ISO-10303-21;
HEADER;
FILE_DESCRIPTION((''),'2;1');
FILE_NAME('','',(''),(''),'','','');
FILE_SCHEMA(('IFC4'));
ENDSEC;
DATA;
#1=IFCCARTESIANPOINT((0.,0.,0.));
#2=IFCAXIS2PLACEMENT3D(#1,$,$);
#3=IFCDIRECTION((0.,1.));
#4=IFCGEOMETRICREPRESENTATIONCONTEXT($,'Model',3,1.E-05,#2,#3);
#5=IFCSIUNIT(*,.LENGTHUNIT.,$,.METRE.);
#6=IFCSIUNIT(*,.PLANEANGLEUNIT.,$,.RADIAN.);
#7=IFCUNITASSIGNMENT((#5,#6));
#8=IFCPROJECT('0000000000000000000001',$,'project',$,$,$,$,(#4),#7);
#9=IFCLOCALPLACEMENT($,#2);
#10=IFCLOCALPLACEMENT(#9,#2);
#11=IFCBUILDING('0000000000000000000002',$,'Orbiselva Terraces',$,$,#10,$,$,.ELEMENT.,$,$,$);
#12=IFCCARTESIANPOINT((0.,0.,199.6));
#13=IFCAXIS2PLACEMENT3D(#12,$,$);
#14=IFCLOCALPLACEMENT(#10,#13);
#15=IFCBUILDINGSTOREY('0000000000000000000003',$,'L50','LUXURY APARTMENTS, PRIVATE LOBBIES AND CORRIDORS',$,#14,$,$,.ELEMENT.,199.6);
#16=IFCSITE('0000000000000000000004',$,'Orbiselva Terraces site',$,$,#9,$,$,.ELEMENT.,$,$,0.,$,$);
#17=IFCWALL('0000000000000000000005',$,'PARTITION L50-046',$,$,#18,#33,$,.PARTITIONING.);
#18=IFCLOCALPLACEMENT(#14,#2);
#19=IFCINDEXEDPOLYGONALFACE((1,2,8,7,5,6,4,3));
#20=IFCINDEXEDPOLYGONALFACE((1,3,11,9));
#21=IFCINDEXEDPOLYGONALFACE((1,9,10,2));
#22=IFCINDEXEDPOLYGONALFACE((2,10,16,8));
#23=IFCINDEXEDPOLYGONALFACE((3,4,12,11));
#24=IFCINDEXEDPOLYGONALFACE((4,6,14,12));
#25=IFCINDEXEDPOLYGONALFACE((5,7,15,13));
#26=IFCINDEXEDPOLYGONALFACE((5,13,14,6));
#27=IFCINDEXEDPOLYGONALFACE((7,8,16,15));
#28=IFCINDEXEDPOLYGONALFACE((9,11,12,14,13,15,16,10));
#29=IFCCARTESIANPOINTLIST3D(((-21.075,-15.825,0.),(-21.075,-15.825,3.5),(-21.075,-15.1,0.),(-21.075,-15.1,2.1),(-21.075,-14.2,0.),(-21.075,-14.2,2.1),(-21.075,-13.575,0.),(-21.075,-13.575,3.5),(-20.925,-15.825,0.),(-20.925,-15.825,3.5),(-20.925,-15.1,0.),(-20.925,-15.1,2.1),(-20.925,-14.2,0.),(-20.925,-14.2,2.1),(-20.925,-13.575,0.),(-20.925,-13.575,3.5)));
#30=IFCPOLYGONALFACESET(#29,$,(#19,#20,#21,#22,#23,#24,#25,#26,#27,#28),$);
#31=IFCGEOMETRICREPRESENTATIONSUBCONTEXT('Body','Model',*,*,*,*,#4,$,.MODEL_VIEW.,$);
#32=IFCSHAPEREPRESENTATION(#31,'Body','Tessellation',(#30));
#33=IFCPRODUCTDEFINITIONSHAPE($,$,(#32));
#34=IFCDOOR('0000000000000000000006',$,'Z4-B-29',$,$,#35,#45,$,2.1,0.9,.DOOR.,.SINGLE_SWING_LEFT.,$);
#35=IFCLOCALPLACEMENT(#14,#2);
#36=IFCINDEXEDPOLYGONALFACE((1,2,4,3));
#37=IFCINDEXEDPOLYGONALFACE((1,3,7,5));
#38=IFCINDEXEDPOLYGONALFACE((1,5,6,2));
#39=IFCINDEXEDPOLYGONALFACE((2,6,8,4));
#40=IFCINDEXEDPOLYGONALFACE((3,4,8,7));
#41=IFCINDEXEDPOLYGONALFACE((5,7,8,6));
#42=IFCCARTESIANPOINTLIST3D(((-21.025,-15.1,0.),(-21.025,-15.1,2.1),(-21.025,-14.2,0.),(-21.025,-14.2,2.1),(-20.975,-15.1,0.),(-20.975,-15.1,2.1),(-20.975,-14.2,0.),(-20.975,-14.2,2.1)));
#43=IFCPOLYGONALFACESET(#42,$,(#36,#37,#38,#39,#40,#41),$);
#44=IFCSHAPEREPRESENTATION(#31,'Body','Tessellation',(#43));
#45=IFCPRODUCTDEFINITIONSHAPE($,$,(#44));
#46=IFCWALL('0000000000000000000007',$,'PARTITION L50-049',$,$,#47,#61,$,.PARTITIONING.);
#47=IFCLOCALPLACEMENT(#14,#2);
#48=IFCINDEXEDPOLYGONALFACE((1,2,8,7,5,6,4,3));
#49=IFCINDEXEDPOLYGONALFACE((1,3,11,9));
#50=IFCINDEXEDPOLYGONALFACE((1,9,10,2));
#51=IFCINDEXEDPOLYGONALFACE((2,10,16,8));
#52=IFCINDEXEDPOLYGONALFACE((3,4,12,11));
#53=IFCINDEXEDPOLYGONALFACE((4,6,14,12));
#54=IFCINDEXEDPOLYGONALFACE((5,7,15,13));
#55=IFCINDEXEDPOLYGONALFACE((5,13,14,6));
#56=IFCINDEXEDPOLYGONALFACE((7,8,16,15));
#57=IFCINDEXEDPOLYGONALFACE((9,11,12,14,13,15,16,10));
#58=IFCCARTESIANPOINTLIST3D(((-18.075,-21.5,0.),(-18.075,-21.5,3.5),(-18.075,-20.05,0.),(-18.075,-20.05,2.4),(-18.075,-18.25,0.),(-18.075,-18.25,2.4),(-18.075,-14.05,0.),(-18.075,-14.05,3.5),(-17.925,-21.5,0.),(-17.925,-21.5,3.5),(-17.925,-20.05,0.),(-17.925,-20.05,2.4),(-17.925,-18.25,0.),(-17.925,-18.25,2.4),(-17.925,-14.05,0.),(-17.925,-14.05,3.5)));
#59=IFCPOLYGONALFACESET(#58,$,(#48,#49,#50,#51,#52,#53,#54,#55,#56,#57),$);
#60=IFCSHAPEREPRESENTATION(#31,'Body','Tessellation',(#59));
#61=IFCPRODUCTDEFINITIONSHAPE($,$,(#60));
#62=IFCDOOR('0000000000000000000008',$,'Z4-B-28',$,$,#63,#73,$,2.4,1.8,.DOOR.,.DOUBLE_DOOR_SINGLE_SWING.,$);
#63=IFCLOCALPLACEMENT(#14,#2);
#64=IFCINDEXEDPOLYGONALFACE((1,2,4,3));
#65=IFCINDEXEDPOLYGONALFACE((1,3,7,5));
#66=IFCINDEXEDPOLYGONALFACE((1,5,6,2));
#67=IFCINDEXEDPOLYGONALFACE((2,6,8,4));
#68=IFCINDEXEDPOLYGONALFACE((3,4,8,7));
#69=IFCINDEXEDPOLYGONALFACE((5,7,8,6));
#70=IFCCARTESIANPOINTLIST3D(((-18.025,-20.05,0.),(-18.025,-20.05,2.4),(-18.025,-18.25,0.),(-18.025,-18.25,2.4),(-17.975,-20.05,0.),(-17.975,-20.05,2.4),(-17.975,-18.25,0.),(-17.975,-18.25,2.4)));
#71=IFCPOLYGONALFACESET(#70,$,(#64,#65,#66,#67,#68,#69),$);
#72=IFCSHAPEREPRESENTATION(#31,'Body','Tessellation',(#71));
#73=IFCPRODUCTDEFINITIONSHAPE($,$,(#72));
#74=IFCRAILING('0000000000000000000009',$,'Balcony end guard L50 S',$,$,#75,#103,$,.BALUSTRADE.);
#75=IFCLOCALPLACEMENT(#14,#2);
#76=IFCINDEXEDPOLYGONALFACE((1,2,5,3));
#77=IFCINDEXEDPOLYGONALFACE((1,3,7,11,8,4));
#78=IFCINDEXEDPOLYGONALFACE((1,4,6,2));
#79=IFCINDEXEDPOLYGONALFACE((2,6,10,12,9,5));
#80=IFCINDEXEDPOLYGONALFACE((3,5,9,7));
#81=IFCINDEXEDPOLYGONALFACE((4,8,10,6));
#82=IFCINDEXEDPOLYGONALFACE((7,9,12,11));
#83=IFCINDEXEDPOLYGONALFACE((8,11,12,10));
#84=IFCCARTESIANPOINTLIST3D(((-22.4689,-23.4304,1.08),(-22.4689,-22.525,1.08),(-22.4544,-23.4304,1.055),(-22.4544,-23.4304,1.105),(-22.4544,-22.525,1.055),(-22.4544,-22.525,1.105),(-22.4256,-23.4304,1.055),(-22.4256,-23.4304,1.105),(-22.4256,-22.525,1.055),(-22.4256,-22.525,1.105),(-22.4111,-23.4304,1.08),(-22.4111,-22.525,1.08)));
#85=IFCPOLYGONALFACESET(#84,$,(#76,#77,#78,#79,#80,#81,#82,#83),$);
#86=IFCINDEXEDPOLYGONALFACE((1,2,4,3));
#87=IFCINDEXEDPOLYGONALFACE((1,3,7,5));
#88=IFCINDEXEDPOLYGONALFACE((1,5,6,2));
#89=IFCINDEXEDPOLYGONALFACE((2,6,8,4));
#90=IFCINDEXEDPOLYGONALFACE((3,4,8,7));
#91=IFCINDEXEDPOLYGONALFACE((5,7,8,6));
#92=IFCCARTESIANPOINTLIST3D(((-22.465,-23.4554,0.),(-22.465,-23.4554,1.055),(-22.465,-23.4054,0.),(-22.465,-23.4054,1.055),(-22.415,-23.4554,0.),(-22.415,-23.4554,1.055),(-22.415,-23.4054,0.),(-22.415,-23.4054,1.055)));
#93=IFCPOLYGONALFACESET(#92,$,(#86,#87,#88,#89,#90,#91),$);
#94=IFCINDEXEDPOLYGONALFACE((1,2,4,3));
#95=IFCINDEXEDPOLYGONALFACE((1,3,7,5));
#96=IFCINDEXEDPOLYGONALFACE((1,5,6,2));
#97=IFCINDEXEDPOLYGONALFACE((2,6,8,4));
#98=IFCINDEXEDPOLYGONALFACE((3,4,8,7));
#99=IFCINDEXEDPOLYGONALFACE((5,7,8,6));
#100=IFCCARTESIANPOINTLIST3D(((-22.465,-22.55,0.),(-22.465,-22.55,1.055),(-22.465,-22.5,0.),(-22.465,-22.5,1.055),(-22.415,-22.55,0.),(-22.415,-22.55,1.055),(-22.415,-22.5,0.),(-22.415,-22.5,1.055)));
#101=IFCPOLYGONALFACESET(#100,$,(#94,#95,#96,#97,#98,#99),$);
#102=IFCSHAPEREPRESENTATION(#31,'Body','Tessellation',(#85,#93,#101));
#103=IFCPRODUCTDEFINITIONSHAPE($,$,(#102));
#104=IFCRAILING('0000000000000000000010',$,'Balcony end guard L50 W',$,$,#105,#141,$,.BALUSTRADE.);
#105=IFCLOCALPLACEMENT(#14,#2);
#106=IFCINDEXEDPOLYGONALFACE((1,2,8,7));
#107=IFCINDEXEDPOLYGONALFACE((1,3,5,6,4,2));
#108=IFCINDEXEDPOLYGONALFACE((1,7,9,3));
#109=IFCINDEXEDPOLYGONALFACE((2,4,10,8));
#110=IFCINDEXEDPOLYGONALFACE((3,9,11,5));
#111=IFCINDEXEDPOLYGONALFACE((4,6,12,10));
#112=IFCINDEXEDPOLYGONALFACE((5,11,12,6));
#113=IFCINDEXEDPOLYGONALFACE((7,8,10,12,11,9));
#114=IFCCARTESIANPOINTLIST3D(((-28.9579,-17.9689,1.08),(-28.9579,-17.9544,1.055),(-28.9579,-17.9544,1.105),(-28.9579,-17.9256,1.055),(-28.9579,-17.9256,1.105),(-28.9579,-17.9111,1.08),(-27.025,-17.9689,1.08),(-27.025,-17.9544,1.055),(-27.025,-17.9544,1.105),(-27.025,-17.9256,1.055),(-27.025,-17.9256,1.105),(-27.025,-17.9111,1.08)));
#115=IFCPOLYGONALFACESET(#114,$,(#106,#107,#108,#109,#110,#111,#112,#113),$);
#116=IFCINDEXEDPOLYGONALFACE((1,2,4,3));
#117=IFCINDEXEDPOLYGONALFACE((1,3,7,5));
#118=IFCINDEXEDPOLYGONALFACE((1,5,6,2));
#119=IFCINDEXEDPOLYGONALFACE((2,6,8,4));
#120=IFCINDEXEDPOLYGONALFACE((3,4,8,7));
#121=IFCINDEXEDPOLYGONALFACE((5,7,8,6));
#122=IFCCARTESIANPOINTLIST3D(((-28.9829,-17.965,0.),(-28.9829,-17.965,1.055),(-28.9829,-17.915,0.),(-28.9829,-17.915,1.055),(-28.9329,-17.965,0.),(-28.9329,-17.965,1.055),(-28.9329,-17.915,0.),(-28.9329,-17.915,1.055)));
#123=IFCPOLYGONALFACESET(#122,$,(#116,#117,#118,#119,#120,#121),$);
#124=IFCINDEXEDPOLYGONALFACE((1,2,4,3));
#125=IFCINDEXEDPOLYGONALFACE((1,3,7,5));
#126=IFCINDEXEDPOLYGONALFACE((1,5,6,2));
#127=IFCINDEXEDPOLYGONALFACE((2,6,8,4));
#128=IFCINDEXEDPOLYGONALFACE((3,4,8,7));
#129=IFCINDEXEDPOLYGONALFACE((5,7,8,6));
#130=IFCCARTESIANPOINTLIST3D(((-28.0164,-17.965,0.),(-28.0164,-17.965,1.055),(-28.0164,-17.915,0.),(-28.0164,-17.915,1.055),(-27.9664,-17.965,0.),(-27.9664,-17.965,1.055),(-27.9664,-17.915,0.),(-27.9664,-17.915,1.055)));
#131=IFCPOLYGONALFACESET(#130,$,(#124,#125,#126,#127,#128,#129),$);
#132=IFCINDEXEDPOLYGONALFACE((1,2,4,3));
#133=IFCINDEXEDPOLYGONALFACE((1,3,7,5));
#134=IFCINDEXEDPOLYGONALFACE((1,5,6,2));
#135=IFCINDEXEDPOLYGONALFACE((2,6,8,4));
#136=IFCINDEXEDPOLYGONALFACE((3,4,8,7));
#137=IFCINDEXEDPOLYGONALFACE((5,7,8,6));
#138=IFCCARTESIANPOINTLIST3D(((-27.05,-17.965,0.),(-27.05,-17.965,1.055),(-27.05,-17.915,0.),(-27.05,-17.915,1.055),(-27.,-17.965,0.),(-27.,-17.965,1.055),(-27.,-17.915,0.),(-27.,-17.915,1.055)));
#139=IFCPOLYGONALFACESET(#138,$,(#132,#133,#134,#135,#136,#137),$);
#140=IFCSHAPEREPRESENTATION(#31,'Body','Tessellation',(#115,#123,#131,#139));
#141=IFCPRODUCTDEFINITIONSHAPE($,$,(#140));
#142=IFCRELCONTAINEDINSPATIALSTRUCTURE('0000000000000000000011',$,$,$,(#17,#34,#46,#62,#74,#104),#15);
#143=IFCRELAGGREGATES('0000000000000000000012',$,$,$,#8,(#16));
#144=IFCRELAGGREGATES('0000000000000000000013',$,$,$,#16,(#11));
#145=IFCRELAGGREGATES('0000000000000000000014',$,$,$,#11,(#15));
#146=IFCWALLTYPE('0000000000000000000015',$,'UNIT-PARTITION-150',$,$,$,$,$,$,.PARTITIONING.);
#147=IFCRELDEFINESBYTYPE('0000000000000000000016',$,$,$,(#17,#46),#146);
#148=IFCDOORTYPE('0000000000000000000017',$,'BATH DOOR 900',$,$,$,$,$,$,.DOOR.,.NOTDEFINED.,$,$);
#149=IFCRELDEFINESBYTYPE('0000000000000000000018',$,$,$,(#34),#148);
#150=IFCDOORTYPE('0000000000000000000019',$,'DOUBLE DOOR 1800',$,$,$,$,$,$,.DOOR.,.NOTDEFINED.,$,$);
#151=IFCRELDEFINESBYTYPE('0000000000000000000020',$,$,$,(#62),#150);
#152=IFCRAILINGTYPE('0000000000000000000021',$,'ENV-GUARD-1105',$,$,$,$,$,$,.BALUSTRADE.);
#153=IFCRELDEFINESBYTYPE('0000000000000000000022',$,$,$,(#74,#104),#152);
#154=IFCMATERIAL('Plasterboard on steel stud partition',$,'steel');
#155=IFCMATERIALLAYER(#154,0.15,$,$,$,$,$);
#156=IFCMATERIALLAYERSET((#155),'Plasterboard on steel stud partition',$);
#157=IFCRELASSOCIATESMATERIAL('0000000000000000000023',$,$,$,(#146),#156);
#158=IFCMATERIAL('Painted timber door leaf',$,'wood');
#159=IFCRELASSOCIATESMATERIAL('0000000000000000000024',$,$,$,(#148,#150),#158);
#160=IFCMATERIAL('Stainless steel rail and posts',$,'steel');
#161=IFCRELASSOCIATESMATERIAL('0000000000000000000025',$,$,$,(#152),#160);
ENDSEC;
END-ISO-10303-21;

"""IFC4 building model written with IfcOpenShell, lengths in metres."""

from ifc_helpers import new_model, si_unit, direction, frame, frame_2d, origin, origin_2d, place, context, subcontext, project, spatial, polyline, rectangle, outline, extrude, material, layer, layer_set, type_object, element, fill, save


model = new_model("IFC4")

# Units and contexts
model_context = context("Model", 3, precision=1e-05, world=origin(), true_north=direction((0.0, 1.0)))
body_context = subcontext(model_context, "Body", "Model", "MODEL_VIEW")
ifc_project = project(units=[si_unit("LENGTHUNIT", "METRE"), si_unit("PLANEANGLEUNIT", "RADIAN")], contexts=[model_context])

# Site, building, storey
site_placement = place(None, origin())
site = spatial("IfcSite", under=ifc_project, at=site_placement, Name="Orbiselva Terraces site", CompositionType="ELEMENT", RefElevation=0.0)
building_placement = place(site_placement, origin())
building = spatial("IfcBuilding", under=site, at=building_placement, Name="Orbiselva Terraces", CompositionType="ELEMENT")
storey_placement = place(building_placement, frame((0.0, 0.0, 199.6)))
storey = spatial("IfcBuildingStorey", under=building, at=storey_placement, Name="L50", Description="LUXURY APARTMENTS, PRIVATE LOBBIES AND CORRIDORS", CompositionType="ELEMENT", Elevation=199.6)

# Shared definitions
ifc_material_1 = material(Name="Plasterboard on steel stud partition", Category="steel")
ifc_layer_1 = layer(ifc_material_1, 0.15)
ifc_layer_set_1 = layer_set([ifc_layer_1], Name="Plasterboard on steel stud partition")
wall_type_1 = type_object("IfcWallType", Name="UNIT-PARTITION-150", PredefinedType="PARTITIONING", material=ifc_layer_set_1)

# Walls, openings, doors
wall_1_placement = place(storey_placement, frame((-21.0, -13.575, 0.0), z_axis=(0.0, 0.0, 1.0), x_axis=(0.0, -1.0, 0.0)))
wall_1 = element("IfcWall", 1, at=wall_1_placement, inside=storey, type_object=wall_type_1, Name="PARTITION L50-046", PredefinedType="PARTITIONING", context=body_context, shape_type="SweptSolid", body=[
    extrude(rectangle(XDim=2.25, YDim=0.15, at=frame_2d((1.125, 0.0))), origin(), (0.0, 0.0, 1.0), 3.5),
])
opening_1_placement = place(wall_1_placement, frame((0.625, 0.0, 0.0)))
opening_1 = element("IfcOpeningElement", 2, at=opening_1_placement, cuts=wall_1, PredefinedType="OPENING", context=body_context, shape_type="SweptSolid", body=[
    extrude(rectangle(XDim=0.9, YDim=2.1, at=frame_2d((0.45, 1.05))), frame((0.0, 0.085, 0.0), z_axis=(0.0, -1.0, 0.0), x_axis=(1.0, 0.0, 0.0)), (0.0, 0.0, 1.0), 0.17),
])
ifc_material_2 = material(Name="Painted timber door leaf", Category="wood")
door_type_1 = type_object("IfcDoorType", Name="BATH DOOR 900", OperationType="NOTDEFINED", PredefinedType="DOOR", material=ifc_material_2)
door_1_placement = place(opening_1_placement, origin())
door_1 = element("IfcDoor", 3, at=door_1_placement, inside=storey, type_object=door_type_1, Name="Z4-B-29", OperationType="SINGLE_SWING_LEFT", OverallHeight=2.1, OverallWidth=0.9, PredefinedType="DOOR", context=body_context, shape_type="SweptSolid", body=[
    extrude(rectangle(XDim=0.9, YDim=2.1, at=frame_2d((0.45, 1.05))), frame((0.0, 0.025, 0.0), z_axis=(0.0, -1.0, 0.0), x_axis=(1.0, 0.0, 0.0)), (0.0, 0.0, 1.0), 0.05),
])
fill(opening_1, door_1)
wall_2_placement = place(storey_placement, frame((-18.0, -21.5, 0.0), z_axis=(0.0, 0.0, 1.0), x_axis=(0.0, 1.0, 0.0)))
wall_2 = element("IfcWall", 4, at=wall_2_placement, inside=storey, type_object=wall_type_1, Name="PARTITION L50-049", PredefinedType="PARTITIONING", context=body_context, shape_type="SweptSolid", body=[
    extrude(rectangle(XDim=7.45, YDim=0.15, at=frame_2d((3.725, 0.0))), origin(), (0.0, 0.0, 1.0), 3.5),
])
opening_2_placement = place(wall_2_placement, frame((1.45, 0.0, 0.0)))
opening_2 = element("IfcOpeningElement", 5, at=opening_2_placement, cuts=wall_2, PredefinedType="OPENING", context=body_context, shape_type="SweptSolid", body=[
    extrude(rectangle(XDim=1.8, YDim=2.4, at=frame_2d((0.9, 1.2))), frame((0.0, 0.085, 0.0), z_axis=(0.0, -1.0, 0.0), x_axis=(1.0, 0.0, 0.0)), (0.0, 0.0, 1.0), 0.17),
])
door_type_2 = type_object("IfcDoorType", Name="DOUBLE DOOR 1800", OperationType="NOTDEFINED", PredefinedType="DOOR", material=ifc_material_2)
door_2_placement = place(opening_2_placement, origin())
door_2 = element("IfcDoor", 6, at=door_2_placement, inside=storey, type_object=door_type_2, Name="Z4-B-28", OperationType="DOUBLE_DOOR_SINGLE_SWING", OverallHeight=2.4, OverallWidth=1.8, PredefinedType="DOOR", context=body_context, shape_type="SweptSolid", body=[
    extrude(rectangle(XDim=1.8, YDim=2.4, at=frame_2d((0.9, 1.2))), frame((0.0, 0.025, 0.0), z_axis=(0.0, -1.0, 0.0), x_axis=(1.0, 0.0, 0.0)), (0.0, 0.0, 1.0), 0.05),
])
fill(opening_2, door_2)

# Railings
ifc_material_3 = material(Name="Stainless steel rail and posts", Category="steel")
railing_type_1 = type_object("IfcRailingType", Name="ENV-GUARD-1105", PredefinedType="BALUSTRADE", material=ifc_material_3)
railing_1_placement = place(storey_placement, frame((-22.44, -23.4304, 0.0)))
element("IfcRailing", 7, at=railing_1_placement, inside=storey, type_object=railing_type_1, Name="Balcony end guard L50 S", PredefinedType="BALUSTRADE", context=body_context, shape_type="SweptSolid", body=[
    extrude(outline(polyline([(0.0289, 0.0), (0.0144, 0.025), (-0.0144, 0.025), (-0.0289, 0.0), (-0.0144, -0.025), (0.0144, -0.025), (0.0289, 0.0)])), frame((0.0, 0.0, 1.08), z_axis=(0.0, 1.0, 0.0), x_axis=(-1.0, 0.0, 0.0)), (0.0, 0.0, 1.0), 0.9054),
    extrude(rectangle(XDim=0.05, YDim=0.05, at=origin_2d()), origin(), (0.0, 0.0, 1.0), 1.055),
    extrude(rectangle(XDim=0.05, YDim=0.05, at=origin_2d()), frame((0.0, 0.9054, 0.0)), (0.0, 0.0, 1.0), 1.055),
])
railing_2_placement = place(storey_placement, frame((-28.9579, -17.94, 0.0)))
element("IfcRailing", 8, at=railing_2_placement, inside=storey, type_object=railing_type_1, Name="Balcony end guard L50 W", PredefinedType="BALUSTRADE", context=body_context, shape_type="SweptSolid", body=[
    extrude(outline(polyline([(0.0289, 0.0), (0.0144, 0.025), (-0.0144, 0.025), (-0.0289, 0.0), (-0.0144, -0.025), (0.0144, -0.025), (0.0289, 0.0)])), frame((0.0, 0.0, 1.08), z_axis=(1.0, 0.0, 0.0), x_axis=(0.0, 1.0, 0.0)), (0.0, 0.0, 1.0), 1.9329),
    extrude(rectangle(XDim=0.05, YDim=0.05, at=origin_2d()), origin(), (0.0, 0.0, 1.0), 1.055),
    extrude(rectangle(XDim=0.05, YDim=0.05, at=origin_2d()), frame((0.9664, 0.0, 0.0)), (0.0, 0.0, 1.0), 1.055),
    extrude(rectangle(XDim=0.05, YDim=0.05, at=origin_2d()), frame((1.9329, 0.0, 0.0)), (0.0, 0.0, 1.0), 1.055),
])

save(model, "model.ifc")
